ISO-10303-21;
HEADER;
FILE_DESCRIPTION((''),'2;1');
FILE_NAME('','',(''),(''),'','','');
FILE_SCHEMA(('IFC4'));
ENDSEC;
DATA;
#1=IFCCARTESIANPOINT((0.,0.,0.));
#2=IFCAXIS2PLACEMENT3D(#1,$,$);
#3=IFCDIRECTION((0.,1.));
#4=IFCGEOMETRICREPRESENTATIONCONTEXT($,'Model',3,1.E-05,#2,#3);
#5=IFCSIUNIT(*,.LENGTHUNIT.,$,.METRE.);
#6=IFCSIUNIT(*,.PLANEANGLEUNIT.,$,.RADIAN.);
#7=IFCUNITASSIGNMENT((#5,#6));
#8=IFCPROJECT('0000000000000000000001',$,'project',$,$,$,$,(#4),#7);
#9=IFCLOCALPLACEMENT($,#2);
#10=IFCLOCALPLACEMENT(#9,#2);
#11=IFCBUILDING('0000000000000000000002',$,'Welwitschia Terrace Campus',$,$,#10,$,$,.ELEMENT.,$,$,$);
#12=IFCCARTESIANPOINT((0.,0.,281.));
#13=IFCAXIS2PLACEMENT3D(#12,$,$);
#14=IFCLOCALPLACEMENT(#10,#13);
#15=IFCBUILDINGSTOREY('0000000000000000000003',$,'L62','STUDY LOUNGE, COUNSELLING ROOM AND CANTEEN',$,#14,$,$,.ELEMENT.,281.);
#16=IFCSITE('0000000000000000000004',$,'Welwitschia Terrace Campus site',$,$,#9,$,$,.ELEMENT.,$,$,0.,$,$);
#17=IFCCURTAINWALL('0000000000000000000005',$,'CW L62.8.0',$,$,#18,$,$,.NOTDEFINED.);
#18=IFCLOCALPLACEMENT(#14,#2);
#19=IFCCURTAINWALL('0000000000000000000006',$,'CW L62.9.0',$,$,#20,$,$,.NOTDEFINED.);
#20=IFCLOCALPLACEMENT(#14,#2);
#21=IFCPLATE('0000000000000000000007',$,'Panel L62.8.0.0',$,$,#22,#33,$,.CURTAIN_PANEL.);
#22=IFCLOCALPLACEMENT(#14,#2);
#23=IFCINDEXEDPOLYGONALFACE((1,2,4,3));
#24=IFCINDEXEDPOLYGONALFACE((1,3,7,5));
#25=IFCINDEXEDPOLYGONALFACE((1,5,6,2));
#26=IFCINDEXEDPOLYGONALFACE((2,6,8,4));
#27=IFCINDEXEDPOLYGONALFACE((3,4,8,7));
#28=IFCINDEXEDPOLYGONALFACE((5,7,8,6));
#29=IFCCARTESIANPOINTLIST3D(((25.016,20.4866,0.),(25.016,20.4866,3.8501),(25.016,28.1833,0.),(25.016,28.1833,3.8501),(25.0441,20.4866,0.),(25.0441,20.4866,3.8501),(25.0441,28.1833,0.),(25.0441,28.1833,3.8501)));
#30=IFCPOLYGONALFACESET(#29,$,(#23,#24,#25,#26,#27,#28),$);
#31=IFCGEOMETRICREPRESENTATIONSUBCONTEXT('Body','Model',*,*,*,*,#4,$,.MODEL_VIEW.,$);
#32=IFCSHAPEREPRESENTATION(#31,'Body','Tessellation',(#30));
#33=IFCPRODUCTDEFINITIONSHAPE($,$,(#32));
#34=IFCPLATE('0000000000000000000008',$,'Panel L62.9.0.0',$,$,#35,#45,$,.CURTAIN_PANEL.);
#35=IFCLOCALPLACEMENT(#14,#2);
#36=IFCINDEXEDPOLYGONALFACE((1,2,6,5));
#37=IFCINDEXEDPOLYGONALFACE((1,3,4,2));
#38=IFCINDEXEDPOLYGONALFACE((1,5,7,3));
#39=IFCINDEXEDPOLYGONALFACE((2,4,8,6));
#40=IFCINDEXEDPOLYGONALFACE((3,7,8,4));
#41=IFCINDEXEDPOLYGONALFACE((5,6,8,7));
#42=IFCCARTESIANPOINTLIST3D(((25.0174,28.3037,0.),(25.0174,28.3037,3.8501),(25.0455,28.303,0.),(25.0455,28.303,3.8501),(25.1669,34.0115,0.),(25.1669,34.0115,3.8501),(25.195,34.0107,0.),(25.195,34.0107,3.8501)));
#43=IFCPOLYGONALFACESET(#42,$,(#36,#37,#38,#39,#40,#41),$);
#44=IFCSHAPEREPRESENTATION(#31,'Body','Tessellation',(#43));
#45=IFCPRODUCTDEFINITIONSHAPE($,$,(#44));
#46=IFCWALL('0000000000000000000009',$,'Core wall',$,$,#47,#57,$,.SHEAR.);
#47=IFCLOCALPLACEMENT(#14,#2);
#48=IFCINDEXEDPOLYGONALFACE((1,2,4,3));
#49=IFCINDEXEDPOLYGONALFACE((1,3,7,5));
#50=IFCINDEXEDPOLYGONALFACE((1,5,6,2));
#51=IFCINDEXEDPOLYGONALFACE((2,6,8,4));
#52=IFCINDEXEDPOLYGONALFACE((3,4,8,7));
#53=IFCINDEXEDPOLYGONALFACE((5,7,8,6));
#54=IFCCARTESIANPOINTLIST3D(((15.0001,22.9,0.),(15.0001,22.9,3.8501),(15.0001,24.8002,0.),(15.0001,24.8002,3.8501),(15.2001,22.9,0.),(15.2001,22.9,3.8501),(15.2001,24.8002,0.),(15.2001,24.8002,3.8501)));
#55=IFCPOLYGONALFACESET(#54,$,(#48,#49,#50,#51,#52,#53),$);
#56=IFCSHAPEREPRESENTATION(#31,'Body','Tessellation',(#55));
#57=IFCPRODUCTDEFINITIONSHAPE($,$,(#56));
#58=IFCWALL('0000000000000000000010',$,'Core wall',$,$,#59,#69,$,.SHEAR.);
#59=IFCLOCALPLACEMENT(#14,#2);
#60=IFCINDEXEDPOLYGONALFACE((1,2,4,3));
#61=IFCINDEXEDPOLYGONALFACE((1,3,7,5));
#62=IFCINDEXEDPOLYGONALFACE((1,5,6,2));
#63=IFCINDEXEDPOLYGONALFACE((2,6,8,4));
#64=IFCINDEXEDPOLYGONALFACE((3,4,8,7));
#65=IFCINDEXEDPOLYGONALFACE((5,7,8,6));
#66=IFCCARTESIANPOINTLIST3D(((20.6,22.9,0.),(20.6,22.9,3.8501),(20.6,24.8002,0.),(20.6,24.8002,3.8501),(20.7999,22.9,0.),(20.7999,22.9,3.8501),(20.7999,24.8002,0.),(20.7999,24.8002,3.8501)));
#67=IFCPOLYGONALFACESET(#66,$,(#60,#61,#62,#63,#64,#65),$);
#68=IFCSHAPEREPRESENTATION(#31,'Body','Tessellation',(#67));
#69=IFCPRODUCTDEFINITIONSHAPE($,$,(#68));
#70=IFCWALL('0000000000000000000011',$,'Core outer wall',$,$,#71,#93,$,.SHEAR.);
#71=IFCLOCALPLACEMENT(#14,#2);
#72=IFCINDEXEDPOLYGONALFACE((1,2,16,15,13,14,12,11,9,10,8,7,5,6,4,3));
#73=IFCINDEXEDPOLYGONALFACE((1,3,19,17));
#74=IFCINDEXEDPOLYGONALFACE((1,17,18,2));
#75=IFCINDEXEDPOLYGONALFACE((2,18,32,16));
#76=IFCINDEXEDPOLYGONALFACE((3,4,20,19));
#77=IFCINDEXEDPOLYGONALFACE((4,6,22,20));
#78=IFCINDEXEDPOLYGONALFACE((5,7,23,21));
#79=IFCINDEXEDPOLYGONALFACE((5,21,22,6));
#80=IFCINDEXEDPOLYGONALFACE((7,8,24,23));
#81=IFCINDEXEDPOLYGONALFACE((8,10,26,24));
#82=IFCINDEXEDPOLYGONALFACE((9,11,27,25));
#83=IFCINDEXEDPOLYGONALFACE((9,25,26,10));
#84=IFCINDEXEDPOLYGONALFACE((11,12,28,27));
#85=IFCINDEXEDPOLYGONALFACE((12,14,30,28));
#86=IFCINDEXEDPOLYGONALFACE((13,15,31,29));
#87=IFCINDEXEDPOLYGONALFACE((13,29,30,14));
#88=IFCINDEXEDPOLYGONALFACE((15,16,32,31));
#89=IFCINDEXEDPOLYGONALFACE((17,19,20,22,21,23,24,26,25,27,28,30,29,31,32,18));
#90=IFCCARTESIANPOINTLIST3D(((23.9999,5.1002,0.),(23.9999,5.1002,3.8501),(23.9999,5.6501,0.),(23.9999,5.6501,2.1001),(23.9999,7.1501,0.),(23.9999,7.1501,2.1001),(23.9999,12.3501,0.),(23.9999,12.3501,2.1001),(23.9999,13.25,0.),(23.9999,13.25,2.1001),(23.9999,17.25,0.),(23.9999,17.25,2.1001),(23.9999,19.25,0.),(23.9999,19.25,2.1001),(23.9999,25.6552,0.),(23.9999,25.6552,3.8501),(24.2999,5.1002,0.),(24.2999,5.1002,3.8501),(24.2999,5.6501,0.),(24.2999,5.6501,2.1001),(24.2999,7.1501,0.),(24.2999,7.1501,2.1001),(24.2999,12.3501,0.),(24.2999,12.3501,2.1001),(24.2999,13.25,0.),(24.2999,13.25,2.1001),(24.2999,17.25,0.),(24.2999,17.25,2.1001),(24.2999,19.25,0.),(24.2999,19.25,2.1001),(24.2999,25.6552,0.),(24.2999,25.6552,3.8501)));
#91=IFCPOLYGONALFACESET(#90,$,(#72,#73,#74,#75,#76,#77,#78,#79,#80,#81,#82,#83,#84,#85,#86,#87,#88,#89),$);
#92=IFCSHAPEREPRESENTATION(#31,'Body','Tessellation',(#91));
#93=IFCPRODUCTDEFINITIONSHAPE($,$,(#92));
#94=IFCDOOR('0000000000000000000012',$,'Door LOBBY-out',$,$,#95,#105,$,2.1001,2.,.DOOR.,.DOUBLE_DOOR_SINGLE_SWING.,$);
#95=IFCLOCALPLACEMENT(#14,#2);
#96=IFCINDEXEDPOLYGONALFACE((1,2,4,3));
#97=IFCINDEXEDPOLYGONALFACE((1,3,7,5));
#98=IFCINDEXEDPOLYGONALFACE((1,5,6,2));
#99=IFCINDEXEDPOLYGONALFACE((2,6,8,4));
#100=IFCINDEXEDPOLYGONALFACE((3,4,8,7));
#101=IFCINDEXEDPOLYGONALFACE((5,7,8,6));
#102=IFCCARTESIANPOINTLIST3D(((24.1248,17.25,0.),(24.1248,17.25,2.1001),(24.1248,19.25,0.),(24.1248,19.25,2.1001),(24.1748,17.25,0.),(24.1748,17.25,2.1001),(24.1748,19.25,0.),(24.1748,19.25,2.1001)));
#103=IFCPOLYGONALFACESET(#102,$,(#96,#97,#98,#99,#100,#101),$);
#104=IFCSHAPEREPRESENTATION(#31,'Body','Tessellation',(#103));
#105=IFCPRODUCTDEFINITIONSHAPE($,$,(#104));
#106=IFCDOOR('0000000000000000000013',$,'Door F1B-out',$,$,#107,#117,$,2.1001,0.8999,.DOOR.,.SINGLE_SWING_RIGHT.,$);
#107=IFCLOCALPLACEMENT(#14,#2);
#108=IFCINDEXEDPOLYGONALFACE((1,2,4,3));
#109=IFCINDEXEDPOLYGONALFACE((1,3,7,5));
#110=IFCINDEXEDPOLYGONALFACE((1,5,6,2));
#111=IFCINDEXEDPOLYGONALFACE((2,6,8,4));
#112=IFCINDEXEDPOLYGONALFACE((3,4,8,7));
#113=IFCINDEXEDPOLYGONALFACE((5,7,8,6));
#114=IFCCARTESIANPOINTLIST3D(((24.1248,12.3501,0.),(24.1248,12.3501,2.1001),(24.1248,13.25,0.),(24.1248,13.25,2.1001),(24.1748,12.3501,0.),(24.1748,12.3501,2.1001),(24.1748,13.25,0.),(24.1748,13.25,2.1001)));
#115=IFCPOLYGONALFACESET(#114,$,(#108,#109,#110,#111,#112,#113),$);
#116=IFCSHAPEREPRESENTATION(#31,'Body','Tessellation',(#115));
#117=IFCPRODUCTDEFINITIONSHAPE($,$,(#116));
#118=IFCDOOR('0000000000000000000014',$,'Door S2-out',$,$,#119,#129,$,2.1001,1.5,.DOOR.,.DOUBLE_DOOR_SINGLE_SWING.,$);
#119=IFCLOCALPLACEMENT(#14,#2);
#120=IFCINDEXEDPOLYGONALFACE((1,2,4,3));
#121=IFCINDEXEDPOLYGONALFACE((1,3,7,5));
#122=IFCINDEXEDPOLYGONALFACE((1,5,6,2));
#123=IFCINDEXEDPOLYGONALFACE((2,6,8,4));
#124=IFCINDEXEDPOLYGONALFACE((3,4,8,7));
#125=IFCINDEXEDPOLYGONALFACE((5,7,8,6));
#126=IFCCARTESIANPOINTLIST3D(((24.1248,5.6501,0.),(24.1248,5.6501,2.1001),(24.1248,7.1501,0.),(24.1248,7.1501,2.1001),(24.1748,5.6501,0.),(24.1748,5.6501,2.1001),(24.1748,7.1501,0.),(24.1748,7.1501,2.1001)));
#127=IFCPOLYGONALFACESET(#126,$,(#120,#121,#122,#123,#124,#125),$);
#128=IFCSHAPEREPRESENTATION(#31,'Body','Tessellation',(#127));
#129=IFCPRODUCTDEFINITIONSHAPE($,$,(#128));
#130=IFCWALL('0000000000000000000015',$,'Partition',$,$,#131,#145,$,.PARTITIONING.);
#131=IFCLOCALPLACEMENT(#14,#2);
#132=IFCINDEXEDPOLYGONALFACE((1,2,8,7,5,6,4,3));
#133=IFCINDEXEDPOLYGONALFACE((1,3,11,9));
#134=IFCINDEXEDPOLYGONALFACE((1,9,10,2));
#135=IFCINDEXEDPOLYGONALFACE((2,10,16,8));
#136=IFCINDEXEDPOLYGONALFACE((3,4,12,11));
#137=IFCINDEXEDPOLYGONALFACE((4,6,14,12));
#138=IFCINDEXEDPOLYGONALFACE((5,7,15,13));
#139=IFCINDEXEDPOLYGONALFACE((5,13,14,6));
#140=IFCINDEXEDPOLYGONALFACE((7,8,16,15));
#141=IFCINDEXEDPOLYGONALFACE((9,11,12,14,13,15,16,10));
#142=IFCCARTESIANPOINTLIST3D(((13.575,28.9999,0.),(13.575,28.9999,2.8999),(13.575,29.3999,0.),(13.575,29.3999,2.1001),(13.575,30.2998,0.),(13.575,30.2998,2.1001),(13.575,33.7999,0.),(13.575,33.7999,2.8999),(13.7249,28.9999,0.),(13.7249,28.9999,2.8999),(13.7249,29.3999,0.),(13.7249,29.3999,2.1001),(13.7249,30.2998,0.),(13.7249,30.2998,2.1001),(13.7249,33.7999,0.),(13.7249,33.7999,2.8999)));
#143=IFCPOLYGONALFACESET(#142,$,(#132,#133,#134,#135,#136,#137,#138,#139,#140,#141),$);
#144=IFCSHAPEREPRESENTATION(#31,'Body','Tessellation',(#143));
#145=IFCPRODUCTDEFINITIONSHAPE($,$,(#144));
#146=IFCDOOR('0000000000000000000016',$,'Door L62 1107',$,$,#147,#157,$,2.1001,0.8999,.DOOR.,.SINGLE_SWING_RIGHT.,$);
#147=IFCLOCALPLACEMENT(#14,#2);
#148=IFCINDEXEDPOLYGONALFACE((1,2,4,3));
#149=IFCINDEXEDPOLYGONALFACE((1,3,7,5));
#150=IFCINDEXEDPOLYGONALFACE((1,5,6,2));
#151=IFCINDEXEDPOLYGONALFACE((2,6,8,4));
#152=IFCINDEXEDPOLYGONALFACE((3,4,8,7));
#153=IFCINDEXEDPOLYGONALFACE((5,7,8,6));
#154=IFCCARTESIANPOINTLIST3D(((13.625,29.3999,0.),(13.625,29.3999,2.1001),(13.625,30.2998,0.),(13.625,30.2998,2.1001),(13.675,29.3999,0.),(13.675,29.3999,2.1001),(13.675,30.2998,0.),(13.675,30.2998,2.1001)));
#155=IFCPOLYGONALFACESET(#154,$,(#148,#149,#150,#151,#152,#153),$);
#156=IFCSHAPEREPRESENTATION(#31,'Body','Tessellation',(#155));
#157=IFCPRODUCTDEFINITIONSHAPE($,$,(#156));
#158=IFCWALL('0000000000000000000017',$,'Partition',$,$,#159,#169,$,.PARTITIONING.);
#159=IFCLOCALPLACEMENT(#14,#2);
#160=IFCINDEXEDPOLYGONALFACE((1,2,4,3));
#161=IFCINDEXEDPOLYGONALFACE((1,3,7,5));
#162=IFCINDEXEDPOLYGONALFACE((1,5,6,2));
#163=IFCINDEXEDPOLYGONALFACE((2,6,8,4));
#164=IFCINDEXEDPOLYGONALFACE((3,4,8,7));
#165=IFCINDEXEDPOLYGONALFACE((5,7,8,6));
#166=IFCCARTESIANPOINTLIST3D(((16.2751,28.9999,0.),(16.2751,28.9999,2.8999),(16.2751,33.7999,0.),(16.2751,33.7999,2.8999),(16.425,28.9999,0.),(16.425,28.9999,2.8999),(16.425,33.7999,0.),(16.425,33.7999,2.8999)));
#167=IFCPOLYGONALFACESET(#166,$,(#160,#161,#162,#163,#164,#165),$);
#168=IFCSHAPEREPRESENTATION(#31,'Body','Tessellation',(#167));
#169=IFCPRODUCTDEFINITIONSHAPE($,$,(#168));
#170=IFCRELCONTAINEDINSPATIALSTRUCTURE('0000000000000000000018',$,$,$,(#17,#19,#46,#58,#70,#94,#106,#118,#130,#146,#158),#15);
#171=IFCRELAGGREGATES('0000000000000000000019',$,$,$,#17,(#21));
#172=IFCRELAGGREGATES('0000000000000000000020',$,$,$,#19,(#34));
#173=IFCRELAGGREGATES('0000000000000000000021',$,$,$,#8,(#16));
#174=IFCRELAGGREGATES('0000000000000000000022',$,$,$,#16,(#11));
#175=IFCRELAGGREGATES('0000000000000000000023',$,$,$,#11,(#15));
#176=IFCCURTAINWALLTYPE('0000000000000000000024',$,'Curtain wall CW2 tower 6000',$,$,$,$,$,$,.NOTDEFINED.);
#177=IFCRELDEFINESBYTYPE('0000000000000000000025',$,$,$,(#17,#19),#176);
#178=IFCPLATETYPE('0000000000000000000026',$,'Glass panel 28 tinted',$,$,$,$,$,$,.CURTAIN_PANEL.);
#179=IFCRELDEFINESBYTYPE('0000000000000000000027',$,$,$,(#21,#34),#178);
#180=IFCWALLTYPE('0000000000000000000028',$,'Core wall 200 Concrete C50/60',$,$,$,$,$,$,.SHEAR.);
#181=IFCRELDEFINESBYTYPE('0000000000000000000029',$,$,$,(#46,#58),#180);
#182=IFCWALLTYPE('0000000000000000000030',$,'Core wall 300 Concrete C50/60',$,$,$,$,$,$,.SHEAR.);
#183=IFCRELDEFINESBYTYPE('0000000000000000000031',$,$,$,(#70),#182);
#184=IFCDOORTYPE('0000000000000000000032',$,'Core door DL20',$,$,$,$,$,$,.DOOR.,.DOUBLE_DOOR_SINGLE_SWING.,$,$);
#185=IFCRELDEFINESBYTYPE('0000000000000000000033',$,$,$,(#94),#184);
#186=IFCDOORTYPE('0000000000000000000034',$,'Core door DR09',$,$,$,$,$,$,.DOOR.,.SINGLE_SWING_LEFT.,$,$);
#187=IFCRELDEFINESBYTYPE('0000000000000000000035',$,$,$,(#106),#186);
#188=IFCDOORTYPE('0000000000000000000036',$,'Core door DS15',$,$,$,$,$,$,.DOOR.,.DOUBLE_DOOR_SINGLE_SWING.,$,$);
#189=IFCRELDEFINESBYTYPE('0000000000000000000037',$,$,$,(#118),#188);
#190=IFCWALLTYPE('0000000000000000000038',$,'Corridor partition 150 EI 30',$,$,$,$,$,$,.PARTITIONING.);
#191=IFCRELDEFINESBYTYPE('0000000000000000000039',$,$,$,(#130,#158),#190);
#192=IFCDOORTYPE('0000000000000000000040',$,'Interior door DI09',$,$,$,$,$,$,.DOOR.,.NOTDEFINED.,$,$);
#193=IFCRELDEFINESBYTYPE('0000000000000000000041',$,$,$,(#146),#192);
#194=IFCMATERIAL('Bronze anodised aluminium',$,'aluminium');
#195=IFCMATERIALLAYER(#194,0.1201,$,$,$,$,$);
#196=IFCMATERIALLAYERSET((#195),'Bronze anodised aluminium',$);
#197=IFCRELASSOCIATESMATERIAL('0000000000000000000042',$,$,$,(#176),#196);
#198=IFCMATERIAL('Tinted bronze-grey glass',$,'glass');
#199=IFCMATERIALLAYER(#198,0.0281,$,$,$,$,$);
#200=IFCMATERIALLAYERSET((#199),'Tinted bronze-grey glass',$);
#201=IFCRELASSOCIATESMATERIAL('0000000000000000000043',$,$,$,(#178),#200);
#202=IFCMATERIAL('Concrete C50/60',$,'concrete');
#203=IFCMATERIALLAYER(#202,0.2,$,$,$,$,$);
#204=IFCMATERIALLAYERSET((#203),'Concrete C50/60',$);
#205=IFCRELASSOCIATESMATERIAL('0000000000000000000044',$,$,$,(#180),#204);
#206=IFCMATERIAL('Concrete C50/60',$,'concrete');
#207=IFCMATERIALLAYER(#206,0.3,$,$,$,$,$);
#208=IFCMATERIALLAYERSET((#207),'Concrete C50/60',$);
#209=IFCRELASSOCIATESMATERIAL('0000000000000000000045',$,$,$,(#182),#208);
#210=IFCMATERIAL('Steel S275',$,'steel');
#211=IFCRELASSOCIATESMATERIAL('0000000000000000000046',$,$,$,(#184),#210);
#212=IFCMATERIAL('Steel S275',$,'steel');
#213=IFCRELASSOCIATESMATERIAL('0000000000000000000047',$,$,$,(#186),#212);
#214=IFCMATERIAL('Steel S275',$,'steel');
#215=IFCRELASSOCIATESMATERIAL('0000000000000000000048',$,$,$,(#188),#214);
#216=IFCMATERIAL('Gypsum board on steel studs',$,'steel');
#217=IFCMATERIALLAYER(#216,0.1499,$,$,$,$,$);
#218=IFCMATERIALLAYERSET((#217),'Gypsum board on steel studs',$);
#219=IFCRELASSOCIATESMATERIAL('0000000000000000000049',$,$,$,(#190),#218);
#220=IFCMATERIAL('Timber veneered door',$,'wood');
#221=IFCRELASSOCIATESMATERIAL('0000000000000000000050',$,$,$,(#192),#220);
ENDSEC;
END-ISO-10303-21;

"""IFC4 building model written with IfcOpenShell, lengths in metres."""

from ifc_helpers import new_model, si_unit, direction, frame, frame_2d, origin, origin_2d, place, context, subcontext, project, spatial, rectangle, extrude, material, layer, layer_set, type_object, element, fill, aggregate, save


model = new_model("IFC4")

# Units and contexts
model_context = context("Model", 3, precision=1e-05, world=origin(), true_north=direction((0.0, 1.0)))
body_context = subcontext(model_context, "Body", "Model", "MODEL_VIEW")
ifc_project = project(units=[si_unit("LENGTHUNIT", "METRE"), si_unit("PLANEANGLEUNIT", "RADIAN")], contexts=[model_context])

# Site, building, storey
site_placement = place(None, origin())
site = spatial("IfcSite", under=ifc_project, at=site_placement, Name="Welwitschia Terrace Campus site", CompositionType="ELEMENT", RefElevation=0.0)
building_placement = place(site_placement, origin())
building = spatial("IfcBuilding", under=site, at=building_placement, Name="Welwitschia Terrace Campus", CompositionType="ELEMENT")
storey_placement = place(building_placement, frame((0.0, 0.0, 281.0)))
storey = spatial("IfcBuildingStorey", under=building, at=storey_placement, Name="L62", Description="STUDY LOUNGE, COUNSELLING ROOM AND CANTEEN", CompositionType="ELEMENT", Elevation=281.0)

# Curtain walls
ifc_material_1 = material(Name="Bronze anodised aluminium", Category="aluminium")
ifc_layer_1 = layer(ifc_material_1, 0.1201)
ifc_layer_set_1 = layer_set([ifc_layer_1], Name="Bronze anodised aluminium")
curtain_wall_type = type_object("IfcCurtainWallType", Name="Curtain wall CW2 tower 6000", PredefinedType="NOTDEFINED", material=ifc_layer_set_1)
curtain_wall_1_placement = place(storey_placement, origin())
curtain_wall_1 = element("IfcCurtainWall", 1, at=curtain_wall_1_placement, inside=storey, type_object=curtain_wall_type, Name="CW L62.8.0", PredefinedType="NOTDEFINED")
curtain_wall_2_placement = place(storey_placement, origin())
curtain_wall_2 = element("IfcCurtainWall", 2, at=curtain_wall_2_placement, inside=storey, type_object=curtain_wall_type, Name="CW L62.9.0", PredefinedType="NOTDEFINED")

# Plates
ifc_material_2 = material(Name="Tinted bronze-grey glass", Category="glass")
ifc_layer_2 = layer(ifc_material_2, 0.0281)
ifc_layer_set_2 = layer_set([ifc_layer_2], Name="Tinted bronze-grey glass")
plate_type = type_object("IfcPlateType", Name="Glass panel 28 tinted", PredefinedType="CURTAIN_PANEL", material=ifc_layer_set_2)
plate_1_placement = place(storey_placement, frame((25.03, 24.335, 0.0), z_axis=(0.0, 0.0, 1.0), x_axis=(0.0, 1.0, 0.0)))
plate_1 = element("IfcPlate", 3, at=plate_1_placement, type_object=plate_type, Name="Panel L62.8.0.0", PredefinedType="CURTAIN_PANEL", context=body_context, shape_type="SweptSolid", body=[
    extrude(rectangle(XDim=7.6968, YDim=0.0281, at=origin_2d()), origin(), (0.0, 0.0, 1.0), 3.8501),
])
aggregate(curtain_wall_1, [plate_1])
plate_2_placement = place(storey_placement, frame((25.1062, 31.1572, 0.0), z_axis=(0.0, 0.0, 1.0), x_axis=(0.026177, 0.999657, 0.0)))
plate_2 = element("IfcPlate", 4, at=plate_2_placement, type_object=plate_type, Name="Panel L62.9.0.0", PredefinedType="CURTAIN_PANEL", context=body_context, shape_type="SweptSolid", body=[
    extrude(rectangle(XDim=5.7097, YDim=0.0281, at=origin_2d()), origin(), (0.0, 0.0, 1.0), 3.8501),
])
aggregate(curtain_wall_2, [plate_2])

# Walls
ifc_material_3 = material(Name="Concrete C50/60", Category="concrete")
ifc_layer_3 = layer(ifc_material_3, 0.2)
ifc_layer_set_3 = layer_set([ifc_layer_3], Name="Concrete C50/60")
wall_type_1 = type_object("IfcWallType", Name="Core wall 200 Concrete C50/60", PredefinedType="SHEAR", material=ifc_layer_set_3)
for number, where, z_axis, x_axis, name in (
    (5, (15.1001, 22.8999, 0.0), (0.0, 0.0, 1.0), (0.0, 1.0, 0.0), "Core wall"),
    (6, (20.7, 22.8999, 0.0), (0.0, 0.0, 1.0), (0.0, 1.0, 0.0), "Core wall"),
):
    element("IfcWall", number, at=place(storey_placement, frame(where, z_axis=z_axis, x_axis=x_axis)), inside=storey, type_object=wall_type_1, Name=name, PredefinedType="SHEAR", context=body_context, shape_type="SweptSolid", body=[
        extrude(rectangle(XDim=1.9001, YDim=0.2, at=frame_2d((0.9502, 0.0))), origin(), (0.0, 0.0, 1.0), 3.8501),
    ])

# Wall, openings, doors
ifc_material_4 = material(Name="Concrete C50/60", Category="concrete")
ifc_layer_4 = layer(ifc_material_4, 0.3)
ifc_layer_set_4 = layer_set([ifc_layer_4], Name="Concrete C50/60")
wall_type_2 = type_object("IfcWallType", Name="Core wall 300 Concrete C50/60", PredefinedType="SHEAR", material=ifc_layer_set_4)
wall_1_placement = place(storey_placement, frame((24.1499, 25.655, 0.0), z_axis=(0.0, 0.0, 1.0), x_axis=(0.0, -1.0, 0.0)))
wall_1 = element("IfcWall", 7, at=wall_1_placement, inside=storey, type_object=wall_type_2, Name="Core outer wall", PredefinedType="SHEAR", context=body_context, shape_type="SweptSolid", body=[
    extrude(rectangle(XDim=20.5549, YDim=0.3, at=frame_2d((10.2773, 0.0))), origin(), (0.0, 0.0, 1.0), 3.8501),
])
opening_1_placement = place(wall_1_placement, frame((18.5049, 0.0, 0.0)))
opening_1 = element("IfcOpeningElement", 8, at=opening_1_placement, cuts=wall_1, PredefinedType="OPENING", context=body_context, shape_type="SweptSolid", body=[
    extrude(rectangle(XDim=1.5, YDim=2.1001, at=frame_2d((0.75, 1.05))), frame((0.0, 0.1599, 0.0), z_axis=(0.0, -1.0, 0.0), x_axis=(1.0, 0.0, 0.0)), (0.0, 0.0, 1.0), 0.3201),
])
opening_2_placement = place(wall_1_placement, frame((12.405, 0.0, 0.0)))
opening_2 = element("IfcOpeningElement", 9, at=opening_2_placement, cuts=wall_1, PredefinedType="OPENING", context=body_context, shape_type="SweptSolid", body=[
    extrude(rectangle(XDim=0.8999, YDim=2.1001, at=frame_2d((0.45, 1.05))), frame((0.0, 0.1599, 0.0), z_axis=(0.0, -1.0, 0.0), x_axis=(1.0, 0.0, 0.0)), (0.0, 0.0, 1.0), 0.3201),
])
opening_3_placement = place(wall_1_placement, frame((6.405, 0.0, 0.0)))
opening_3 = element("IfcOpeningElement", 10, at=opening_3_placement, cuts=wall_1, PredefinedType="OPENING", context=body_context, shape_type="SweptSolid", body=[
    extrude(rectangle(XDim=2.0, YDim=2.1001, at=frame_2d((1.0, 1.05))), frame((0.0, 0.1599, 0.0), z_axis=(0.0, -1.0, 0.0), x_axis=(1.0, 0.0, 0.0)), (0.0, 0.0, 1.0), 0.3201),
])
ifc_material_5 = material(Name="Steel S275", Category="steel")
door_type_1 = type_object("IfcDoorType", Name="Core door DL20", OperationType="DOUBLE_DOOR_SINGLE_SWING", PredefinedType="DOOR", material=ifc_material_5)
door_1_placement = place(opening_3_placement, origin())
door_1 = element("IfcDoor", 11, at=door_1_placement, inside=storey, type_object=door_type_1, Name="Door LOBBY-out", OperationType="DOUBLE_DOOR_SINGLE_SWING", OverallHeight=2.1001, OverallWidth=2.0, PredefinedType="DOOR", context=body_context, shape_type="SweptSolid", body=[
    extrude(rectangle(XDim=2.0, YDim=2.1001, at=frame_2d((1.0, 1.05))), frame((0.0, 0.0249, 0.0), z_axis=(0.0, -1.0, 0.0), x_axis=(1.0, 0.0, 0.0)), (0.0, 0.0, 1.0), 0.05),
])
fill(opening_3, door_1)
ifc_material_6 = material(Name="Steel S275", Category="steel")
door_type_2 = type_object("IfcDoorType", Name="Core door DR09", OperationType="SINGLE_SWING_LEFT", PredefinedType="DOOR", material=ifc_material_6)
door_2_placement = place(opening_2_placement, origin())
door_2 = element("IfcDoor", 12, at=door_2_placement, inside=storey, type_object=door_type_2, Name="Door F1B-out", OperationType="SINGLE_SWING_RIGHT", OverallHeight=2.1001, OverallWidth=0.8999, PredefinedType="DOOR", context=body_context, shape_type="SweptSolid", body=[
    extrude(rectangle(XDim=0.8999, YDim=2.1001, at=frame_2d((0.45, 1.05))), frame((0.0, 0.0249, 0.0), z_axis=(0.0, -1.0, 0.0), x_axis=(1.0, 0.0, 0.0)), (0.0, 0.0, 1.0), 0.05),
])
fill(opening_2, door_2)
ifc_material_7 = material(Name="Steel S275", Category="steel")
door_type_3 = type_object("IfcDoorType", Name="Core door DS15", OperationType="DOUBLE_DOOR_SINGLE_SWING", PredefinedType="DOOR", material=ifc_material_7)
door_3_placement = place(opening_1_placement, origin())
door_3 = element("IfcDoor", 13, at=door_3_placement, inside=storey, type_object=door_type_3, Name="Door S2-out", OperationType="DOUBLE_DOOR_SINGLE_SWING", OverallHeight=2.1001, OverallWidth=1.5, PredefinedType="DOOR", context=body_context, shape_type="SweptSolid", body=[
    extrude(rectangle(XDim=1.5, YDim=2.1001, at=frame_2d((0.75, 1.05))), frame((0.0, 0.0249, 0.0), z_axis=(0.0, -1.0, 0.0), x_axis=(1.0, 0.0, 0.0)), (0.0, 0.0, 1.0), 0.05),
])
fill(opening_1, door_3)

# Wall, opening, door
ifc_material_8 = material(Name="Gypsum board on steel studs", Category="steel")
ifc_layer_5 = layer(ifc_material_8, 0.1499)
ifc_layer_set_5 = layer_set([ifc_layer_5], Name="Gypsum board on steel studs")
wall_type_3 = type_object("IfcWallType", Name="Corridor partition 150 EI 30", PredefinedType="PARTITIONING", material=ifc_layer_set_5)
wall_2_placement = place(storey_placement, frame((13.6499, 29.0, 0.0), z_axis=(0.0, 0.0, 1.0), x_axis=(0.0, 1.0, 0.0)))
wall_2 = element("IfcWall", 14, at=wall_2_placement, inside=storey, type_object=wall_type_3, Name="Partition", PredefinedType="PARTITIONING", context=body_context, shape_type="SweptSolid", body=[
    extrude(rectangle(XDim=4.8, YDim=0.1499, at=frame_2d((2.3999, 0.0))), origin(), (0.0, 0.0, 1.0), 2.8999),
])
opening_4_placement = place(wall_2_placement, frame((0.3999, 0.0, 0.0)))
opening_4 = element("IfcOpeningElement", 15, at=opening_4_placement, cuts=wall_2, PredefinedType="OPENING", context=body_context, shape_type="SweptSolid", body=[
    extrude(rectangle(XDim=0.8999, YDim=2.1001, at=frame_2d((0.45, 1.05))), frame((0.0, 0.085, 0.0), z_axis=(0.0, -1.0, 0.0), x_axis=(1.0, 0.0, 0.0)), (0.0, 0.0, 1.0), 0.1699),
])
ifc_material_9 = material(Name="Timber veneered door", Category="wood")
door_type_4 = type_object("IfcDoorType", Name="Interior door DI09", OperationType="NOTDEFINED", PredefinedType="DOOR", material=ifc_material_9)
door_4_placement = place(opening_4_placement, origin())
door_4 = element("IfcDoor", 16, at=door_4_placement, inside=storey, type_object=door_type_4, Name="Door L62 1107", OperationType="SINGLE_SWING_RIGHT", OverallHeight=2.1001, OverallWidth=0.8999, PredefinedType="DOOR", context=body_context, shape_type="SweptSolid", body=[
    extrude(rectangle(XDim=0.8999, YDim=2.1001, at=frame_2d((0.45, 1.05))), frame((0.0, 0.0249, 0.0), z_axis=(0.0, -1.0, 0.0), x_axis=(1.0, 0.0, 0.0)), (0.0, 0.0, 1.0), 0.05),
])
fill(opening_4, door_4)

# Wall
wall_3_placement = place(storey_placement, frame((16.3501, 29.0, 0.0), z_axis=(0.0, 0.0, 1.0), x_axis=(0.0, 1.0, 0.0)))
element("IfcWall", 17, at=wall_3_placement, inside=storey, type_object=wall_type_3, Name="Partition", PredefinedType="PARTITIONING", context=body_context, shape_type="SweptSolid", body=[
    extrude(rectangle(XDim=4.8, YDim=0.1499, at=frame_2d((2.3999, 0.0))), origin(), (0.0, 0.0, 1.0), 2.8999),
])

save(model, "model.ifc")
